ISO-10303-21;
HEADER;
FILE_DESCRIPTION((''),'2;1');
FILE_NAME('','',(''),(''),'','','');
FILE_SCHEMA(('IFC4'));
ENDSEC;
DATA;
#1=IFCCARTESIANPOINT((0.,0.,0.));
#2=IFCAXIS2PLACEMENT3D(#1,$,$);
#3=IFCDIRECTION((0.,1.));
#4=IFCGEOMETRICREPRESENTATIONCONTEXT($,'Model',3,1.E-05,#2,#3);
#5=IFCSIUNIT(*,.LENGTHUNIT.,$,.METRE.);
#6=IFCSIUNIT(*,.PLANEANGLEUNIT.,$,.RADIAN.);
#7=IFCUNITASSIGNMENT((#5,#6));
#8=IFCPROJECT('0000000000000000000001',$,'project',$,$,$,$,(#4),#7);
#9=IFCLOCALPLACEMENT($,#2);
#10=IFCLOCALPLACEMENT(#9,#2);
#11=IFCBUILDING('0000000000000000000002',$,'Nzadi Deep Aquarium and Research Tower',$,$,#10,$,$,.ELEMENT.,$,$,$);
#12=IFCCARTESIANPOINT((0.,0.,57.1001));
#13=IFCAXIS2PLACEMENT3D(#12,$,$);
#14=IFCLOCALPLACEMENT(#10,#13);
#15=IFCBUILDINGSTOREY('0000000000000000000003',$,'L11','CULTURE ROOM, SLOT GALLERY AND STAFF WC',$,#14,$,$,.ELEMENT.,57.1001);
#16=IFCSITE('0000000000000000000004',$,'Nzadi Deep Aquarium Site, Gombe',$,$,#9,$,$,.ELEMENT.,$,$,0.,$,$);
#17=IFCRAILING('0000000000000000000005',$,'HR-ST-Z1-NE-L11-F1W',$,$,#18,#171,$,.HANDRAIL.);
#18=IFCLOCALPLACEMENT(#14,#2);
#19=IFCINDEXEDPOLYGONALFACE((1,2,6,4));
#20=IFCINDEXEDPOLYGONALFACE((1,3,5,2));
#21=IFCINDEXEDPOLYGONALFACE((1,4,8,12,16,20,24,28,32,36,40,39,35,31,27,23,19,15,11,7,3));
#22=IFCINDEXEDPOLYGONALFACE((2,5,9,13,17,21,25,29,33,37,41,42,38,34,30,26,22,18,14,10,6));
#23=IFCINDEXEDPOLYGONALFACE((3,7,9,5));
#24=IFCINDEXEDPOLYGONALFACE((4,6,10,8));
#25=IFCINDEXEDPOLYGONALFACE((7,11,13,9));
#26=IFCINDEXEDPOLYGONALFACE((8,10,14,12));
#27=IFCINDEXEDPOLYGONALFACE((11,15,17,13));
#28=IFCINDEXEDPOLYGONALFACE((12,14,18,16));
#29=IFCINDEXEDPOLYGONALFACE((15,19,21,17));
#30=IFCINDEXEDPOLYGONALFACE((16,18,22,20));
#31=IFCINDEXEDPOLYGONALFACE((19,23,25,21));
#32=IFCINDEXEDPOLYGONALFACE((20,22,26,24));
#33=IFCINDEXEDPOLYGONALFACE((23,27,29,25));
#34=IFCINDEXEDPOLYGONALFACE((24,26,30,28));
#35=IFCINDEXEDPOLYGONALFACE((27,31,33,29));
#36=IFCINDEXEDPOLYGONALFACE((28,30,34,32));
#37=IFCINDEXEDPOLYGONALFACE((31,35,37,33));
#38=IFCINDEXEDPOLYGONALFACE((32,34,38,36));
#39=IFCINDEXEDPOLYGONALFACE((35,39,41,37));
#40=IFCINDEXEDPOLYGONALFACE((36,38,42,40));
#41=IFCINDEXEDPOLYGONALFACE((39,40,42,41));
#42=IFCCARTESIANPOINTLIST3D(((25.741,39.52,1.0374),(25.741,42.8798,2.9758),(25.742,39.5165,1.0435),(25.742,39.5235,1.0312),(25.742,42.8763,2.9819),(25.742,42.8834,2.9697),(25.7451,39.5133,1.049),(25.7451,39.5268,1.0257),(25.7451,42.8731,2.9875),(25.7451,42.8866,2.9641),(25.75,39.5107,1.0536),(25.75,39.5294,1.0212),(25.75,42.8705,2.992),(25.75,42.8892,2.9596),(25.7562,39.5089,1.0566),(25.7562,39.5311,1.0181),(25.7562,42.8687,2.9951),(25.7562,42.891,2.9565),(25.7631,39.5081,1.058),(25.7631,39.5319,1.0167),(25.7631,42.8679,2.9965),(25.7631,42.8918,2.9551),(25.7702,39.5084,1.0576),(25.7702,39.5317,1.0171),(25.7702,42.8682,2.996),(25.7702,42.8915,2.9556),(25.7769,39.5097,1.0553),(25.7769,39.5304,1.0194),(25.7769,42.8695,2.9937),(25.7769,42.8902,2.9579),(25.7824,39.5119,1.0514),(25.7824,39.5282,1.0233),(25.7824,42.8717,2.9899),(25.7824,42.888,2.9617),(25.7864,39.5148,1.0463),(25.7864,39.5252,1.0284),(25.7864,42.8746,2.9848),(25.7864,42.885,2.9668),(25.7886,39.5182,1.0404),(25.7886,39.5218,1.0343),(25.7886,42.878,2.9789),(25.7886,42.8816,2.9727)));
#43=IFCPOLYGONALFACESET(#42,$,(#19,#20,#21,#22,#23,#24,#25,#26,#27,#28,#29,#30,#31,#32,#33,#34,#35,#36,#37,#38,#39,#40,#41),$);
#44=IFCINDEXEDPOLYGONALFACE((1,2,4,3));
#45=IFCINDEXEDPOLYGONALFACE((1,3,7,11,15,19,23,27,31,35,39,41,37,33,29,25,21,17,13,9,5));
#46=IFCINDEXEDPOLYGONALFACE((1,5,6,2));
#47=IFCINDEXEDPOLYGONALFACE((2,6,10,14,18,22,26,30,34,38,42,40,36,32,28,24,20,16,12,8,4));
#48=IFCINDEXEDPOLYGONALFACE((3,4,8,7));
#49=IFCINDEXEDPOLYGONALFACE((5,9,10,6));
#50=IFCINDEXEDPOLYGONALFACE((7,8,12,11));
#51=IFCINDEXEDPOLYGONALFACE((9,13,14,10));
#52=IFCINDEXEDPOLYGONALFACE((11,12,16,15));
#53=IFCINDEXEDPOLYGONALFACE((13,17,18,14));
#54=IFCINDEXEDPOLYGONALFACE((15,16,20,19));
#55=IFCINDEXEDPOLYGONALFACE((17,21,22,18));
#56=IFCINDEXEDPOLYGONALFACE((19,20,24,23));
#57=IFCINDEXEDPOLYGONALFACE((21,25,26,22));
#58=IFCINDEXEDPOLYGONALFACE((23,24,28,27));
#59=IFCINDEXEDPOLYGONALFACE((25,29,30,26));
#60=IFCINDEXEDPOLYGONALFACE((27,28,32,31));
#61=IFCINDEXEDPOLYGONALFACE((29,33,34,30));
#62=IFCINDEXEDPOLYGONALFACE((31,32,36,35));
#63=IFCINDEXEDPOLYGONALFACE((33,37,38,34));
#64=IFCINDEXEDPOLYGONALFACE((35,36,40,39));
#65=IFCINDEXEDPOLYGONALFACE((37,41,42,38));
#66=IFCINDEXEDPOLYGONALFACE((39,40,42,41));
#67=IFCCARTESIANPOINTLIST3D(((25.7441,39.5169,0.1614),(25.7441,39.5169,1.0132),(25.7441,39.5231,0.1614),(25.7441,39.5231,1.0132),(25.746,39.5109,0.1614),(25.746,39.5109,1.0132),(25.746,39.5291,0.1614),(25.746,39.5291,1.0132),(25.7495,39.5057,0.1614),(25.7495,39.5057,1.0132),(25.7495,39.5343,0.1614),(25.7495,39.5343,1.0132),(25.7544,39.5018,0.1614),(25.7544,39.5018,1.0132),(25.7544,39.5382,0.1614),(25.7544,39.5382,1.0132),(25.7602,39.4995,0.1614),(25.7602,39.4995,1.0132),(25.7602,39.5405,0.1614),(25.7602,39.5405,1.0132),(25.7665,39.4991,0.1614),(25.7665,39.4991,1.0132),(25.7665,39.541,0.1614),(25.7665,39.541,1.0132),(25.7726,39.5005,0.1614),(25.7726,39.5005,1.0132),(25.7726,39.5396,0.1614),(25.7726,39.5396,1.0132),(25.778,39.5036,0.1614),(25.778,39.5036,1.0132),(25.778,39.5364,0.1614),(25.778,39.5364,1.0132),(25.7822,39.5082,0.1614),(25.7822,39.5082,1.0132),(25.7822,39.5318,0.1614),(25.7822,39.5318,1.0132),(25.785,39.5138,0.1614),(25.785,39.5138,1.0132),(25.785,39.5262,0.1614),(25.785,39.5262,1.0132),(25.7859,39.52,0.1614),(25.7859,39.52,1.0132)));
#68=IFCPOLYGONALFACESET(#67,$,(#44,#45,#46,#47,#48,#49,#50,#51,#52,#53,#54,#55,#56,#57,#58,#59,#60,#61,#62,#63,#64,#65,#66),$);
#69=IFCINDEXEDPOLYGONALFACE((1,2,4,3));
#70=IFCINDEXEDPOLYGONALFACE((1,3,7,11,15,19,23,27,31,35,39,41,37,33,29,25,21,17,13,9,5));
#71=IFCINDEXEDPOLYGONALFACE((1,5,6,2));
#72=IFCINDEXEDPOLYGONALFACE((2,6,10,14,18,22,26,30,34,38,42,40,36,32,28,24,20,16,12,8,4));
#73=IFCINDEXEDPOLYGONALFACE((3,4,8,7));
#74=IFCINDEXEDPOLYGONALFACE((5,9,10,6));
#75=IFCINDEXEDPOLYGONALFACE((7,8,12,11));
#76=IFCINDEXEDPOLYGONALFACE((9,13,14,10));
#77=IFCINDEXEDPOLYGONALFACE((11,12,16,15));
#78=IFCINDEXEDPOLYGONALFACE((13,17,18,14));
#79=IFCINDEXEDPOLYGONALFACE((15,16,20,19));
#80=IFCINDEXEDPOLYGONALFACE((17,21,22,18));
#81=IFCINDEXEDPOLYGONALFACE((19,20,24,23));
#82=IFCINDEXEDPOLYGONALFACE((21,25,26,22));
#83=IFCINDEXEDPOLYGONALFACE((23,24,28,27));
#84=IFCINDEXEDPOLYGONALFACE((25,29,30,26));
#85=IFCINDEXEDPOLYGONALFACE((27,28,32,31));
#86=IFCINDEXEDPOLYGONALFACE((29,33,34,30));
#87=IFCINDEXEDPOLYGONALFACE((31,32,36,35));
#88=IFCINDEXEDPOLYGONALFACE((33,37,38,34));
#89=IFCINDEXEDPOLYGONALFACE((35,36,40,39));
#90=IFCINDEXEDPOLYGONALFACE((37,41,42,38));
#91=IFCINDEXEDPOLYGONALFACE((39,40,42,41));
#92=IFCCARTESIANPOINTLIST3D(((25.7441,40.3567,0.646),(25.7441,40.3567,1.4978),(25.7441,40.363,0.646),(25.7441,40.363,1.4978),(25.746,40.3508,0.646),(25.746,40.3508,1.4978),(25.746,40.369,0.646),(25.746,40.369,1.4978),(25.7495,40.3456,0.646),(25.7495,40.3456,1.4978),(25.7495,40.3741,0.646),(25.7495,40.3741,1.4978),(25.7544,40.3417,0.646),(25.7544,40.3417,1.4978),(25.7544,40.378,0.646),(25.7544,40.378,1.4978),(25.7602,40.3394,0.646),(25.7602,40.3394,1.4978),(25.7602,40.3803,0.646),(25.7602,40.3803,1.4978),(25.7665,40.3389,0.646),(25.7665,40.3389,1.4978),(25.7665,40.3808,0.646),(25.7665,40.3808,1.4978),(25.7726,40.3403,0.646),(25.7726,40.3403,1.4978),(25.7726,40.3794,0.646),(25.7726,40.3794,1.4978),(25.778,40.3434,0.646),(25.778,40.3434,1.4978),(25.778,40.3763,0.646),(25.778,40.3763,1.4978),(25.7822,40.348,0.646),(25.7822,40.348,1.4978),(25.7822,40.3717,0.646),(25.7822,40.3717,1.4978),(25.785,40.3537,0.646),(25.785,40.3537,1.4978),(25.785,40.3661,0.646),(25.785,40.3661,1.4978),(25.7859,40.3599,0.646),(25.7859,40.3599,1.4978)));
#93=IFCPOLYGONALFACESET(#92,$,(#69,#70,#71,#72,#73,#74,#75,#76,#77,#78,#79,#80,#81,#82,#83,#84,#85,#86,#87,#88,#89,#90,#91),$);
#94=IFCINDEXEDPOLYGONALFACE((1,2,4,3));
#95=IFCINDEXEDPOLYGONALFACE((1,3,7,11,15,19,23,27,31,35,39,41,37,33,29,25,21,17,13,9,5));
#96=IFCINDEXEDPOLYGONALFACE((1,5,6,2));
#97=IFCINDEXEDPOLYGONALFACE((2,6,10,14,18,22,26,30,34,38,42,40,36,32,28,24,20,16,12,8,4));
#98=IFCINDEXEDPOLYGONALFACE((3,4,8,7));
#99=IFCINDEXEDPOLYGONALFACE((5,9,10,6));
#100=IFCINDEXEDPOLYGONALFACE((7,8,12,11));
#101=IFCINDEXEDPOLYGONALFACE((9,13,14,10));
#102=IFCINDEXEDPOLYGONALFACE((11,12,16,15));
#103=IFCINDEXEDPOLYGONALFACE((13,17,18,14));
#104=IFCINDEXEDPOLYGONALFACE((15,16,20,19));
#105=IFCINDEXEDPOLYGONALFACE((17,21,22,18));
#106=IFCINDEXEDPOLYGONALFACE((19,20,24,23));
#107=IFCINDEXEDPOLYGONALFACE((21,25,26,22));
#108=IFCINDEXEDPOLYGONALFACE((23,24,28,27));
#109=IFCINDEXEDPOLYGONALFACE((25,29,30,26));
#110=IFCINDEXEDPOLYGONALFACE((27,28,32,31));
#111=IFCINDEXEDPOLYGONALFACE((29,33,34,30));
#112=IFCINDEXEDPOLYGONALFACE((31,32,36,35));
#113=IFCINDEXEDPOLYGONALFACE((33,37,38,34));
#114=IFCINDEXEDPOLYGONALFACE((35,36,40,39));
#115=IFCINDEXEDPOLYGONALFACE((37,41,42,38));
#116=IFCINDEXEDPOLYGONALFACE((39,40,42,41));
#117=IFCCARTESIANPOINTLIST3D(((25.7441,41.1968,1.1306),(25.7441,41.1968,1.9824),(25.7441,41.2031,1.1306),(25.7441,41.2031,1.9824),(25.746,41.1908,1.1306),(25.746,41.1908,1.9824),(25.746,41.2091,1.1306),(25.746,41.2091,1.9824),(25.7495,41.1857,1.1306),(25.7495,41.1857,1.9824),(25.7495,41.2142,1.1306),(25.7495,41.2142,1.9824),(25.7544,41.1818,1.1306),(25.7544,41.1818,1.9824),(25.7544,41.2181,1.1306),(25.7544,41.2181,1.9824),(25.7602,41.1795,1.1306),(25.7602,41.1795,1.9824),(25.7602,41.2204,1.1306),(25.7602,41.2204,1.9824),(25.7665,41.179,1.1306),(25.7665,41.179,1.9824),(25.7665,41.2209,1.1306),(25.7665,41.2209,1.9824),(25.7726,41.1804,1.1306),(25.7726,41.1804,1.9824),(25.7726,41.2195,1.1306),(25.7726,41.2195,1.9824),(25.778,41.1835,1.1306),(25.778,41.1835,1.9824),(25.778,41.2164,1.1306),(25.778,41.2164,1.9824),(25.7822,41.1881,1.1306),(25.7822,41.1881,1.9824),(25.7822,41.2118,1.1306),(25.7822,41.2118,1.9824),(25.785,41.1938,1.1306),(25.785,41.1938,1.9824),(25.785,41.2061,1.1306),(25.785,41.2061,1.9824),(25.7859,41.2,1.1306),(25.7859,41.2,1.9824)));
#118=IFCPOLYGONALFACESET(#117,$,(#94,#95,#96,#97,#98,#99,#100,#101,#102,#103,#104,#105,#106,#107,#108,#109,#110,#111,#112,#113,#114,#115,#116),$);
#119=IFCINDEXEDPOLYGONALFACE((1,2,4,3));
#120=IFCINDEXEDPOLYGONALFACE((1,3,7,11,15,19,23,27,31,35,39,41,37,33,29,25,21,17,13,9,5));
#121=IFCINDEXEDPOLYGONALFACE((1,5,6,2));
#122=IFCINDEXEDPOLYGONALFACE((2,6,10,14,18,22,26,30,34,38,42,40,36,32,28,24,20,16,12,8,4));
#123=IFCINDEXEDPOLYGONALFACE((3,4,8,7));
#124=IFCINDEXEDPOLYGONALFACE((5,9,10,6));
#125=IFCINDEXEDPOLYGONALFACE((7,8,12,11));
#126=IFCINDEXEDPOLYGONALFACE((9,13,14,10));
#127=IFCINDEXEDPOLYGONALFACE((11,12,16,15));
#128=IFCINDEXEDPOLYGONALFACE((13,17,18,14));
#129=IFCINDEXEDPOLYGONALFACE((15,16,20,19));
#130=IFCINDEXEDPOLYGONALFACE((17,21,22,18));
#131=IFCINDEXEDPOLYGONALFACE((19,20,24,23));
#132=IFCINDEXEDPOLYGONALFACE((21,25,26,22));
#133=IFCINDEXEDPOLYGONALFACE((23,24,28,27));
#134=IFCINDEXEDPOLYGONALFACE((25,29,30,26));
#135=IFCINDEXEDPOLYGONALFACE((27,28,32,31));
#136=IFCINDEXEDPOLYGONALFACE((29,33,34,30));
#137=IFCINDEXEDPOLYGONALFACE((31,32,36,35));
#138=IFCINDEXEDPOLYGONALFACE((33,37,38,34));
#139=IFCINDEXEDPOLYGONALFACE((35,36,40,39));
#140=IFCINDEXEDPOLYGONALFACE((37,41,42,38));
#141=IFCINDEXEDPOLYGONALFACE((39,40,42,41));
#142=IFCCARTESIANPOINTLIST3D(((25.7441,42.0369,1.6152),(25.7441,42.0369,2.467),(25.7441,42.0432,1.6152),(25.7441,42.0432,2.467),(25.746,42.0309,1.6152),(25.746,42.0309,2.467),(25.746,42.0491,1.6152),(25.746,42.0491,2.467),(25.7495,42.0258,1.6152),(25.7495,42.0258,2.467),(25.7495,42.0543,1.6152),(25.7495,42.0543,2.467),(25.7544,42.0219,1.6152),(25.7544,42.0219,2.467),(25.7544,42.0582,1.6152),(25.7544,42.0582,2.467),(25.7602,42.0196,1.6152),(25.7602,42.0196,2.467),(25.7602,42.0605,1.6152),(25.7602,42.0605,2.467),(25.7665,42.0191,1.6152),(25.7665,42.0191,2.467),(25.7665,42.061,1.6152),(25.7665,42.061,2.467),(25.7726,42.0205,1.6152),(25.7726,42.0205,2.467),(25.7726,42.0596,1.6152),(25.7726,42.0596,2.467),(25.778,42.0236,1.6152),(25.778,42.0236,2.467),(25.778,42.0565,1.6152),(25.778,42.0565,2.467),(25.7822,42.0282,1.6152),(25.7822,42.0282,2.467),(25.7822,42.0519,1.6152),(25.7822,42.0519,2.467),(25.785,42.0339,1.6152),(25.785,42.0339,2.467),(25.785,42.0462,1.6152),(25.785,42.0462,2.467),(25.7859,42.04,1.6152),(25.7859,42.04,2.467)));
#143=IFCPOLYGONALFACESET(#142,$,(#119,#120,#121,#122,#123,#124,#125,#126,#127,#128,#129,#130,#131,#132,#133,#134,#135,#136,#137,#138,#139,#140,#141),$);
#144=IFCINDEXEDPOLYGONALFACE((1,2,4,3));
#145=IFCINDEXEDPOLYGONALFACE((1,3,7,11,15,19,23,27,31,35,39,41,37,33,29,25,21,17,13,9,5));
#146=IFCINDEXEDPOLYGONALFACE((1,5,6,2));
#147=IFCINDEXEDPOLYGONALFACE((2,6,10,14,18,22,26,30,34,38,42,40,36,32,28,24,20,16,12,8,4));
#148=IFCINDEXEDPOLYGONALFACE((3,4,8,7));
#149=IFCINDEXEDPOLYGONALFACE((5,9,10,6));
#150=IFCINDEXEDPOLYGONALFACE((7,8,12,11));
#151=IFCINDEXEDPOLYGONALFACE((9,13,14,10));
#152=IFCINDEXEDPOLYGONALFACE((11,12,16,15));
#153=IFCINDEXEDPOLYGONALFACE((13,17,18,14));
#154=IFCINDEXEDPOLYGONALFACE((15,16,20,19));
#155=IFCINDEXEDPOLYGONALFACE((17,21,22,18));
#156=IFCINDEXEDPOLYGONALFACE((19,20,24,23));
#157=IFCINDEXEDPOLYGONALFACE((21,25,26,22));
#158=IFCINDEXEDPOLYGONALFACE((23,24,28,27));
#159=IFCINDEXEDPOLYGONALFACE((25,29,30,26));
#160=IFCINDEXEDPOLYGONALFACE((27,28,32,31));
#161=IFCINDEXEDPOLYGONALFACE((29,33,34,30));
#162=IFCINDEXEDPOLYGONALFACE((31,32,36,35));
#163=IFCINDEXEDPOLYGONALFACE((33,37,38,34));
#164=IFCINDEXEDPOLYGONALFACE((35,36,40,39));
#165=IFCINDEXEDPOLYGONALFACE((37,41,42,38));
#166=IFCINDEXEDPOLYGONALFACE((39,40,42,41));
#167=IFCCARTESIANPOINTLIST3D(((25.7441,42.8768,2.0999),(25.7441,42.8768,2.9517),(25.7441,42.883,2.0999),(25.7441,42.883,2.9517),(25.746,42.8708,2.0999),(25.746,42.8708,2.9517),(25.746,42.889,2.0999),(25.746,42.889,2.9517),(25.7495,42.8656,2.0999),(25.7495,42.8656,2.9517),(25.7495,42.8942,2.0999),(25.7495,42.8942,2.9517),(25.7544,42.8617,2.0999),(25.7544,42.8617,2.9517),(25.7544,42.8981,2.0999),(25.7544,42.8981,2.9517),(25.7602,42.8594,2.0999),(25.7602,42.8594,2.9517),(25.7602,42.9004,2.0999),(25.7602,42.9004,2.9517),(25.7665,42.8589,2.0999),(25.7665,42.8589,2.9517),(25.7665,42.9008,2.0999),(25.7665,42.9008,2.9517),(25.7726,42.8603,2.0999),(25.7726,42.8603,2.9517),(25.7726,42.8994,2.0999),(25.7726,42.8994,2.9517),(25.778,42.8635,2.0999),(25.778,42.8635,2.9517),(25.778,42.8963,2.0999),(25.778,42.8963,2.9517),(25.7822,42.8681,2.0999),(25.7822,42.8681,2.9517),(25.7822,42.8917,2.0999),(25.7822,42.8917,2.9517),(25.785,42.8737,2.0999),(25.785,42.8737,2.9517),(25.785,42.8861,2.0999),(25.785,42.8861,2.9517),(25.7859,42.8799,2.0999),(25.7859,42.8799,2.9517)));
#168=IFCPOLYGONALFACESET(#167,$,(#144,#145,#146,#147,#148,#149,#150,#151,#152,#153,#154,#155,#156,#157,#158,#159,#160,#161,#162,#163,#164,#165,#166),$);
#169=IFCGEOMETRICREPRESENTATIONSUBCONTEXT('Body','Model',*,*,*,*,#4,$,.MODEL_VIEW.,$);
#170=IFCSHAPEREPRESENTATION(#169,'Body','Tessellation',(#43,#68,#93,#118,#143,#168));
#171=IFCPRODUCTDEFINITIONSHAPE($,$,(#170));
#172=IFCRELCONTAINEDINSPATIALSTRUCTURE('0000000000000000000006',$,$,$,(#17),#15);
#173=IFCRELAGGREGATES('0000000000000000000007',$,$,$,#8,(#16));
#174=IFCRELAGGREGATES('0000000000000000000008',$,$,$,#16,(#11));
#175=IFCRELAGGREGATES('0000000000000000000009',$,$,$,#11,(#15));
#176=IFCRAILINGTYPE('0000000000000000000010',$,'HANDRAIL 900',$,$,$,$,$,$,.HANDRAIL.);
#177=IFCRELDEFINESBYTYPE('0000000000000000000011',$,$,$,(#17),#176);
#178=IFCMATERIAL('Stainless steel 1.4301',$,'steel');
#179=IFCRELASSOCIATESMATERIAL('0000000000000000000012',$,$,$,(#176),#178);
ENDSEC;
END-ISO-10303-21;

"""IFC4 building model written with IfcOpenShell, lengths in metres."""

from ifc_helpers import new_model, si_unit, direction, frame, origin, origin_2d, place, context, subcontext, project, spatial, circle, extrude, material, type_object, element, save


model = new_model("IFC4")

# Units and contexts
model_context = context("Model", 3, precision=1e-05, world=origin(), true_north=direction((0.0, 1.0)))
body_context = subcontext(model_context, "Body", "Model", "MODEL_VIEW")
ifc_project = project(units=[si_unit("LENGTHUNIT", "METRE"), si_unit("PLANEANGLEUNIT", "RADIAN")], contexts=[model_context])

# Site, building, storey
site_placement = place(None, origin())
site = spatial("IfcSite", under=ifc_project, at=site_placement, Name="Nzadi Deep Aquarium Site, Gombe", CompositionType="ELEMENT", RefElevation=0.0)
building_placement = place(site_placement, origin())
building = spatial("IfcBuilding", under=site, at=building_placement, Name="Nzadi Deep Aquarium and Research Tower", CompositionType="ELEMENT")
storey_placement = place(building_placement, frame((0.0, 0.0, 57.1001)))
storey = spatial("IfcBuildingStorey", under=building, at=storey_placement, Name="L11", Description="CULTURE ROOM, SLOT GALLERY AND STAFF WC", CompositionType="ELEMENT", Elevation=57.1001)

# Railing
ifc_material_1 = material(Name="Stainless steel 1.4301", Category="steel")
railing_type = type_object("IfcRailingType", Name="HANDRAIL 900", PredefinedType="HANDRAIL", material=ifc_material_1)
for number, where, name in (
    (1, (25.7649, 39.52, 0.1614), "HR-ST-Z1-NE-L11-F1W"),
):
    element("IfcRailing", number, at=place(storey_placement, frame(where)), inside=storey, type_object=railing_type, Name=name, PredefinedType="HANDRAIL", context=body_context, shape_type="SweptSolid", body=[
        extrude(circle(Radius=0.0239, at=origin_2d()), frame((0.0, 0.0, 0.876), z_axis=(0.0, 0.866175, 0.499741), x_axis=(-1.0, 0.0, 0.0)), (0.0, 0.0, 1.0), 3.8789),
        extrude(circle(Radius=0.021, at=origin_2d()), origin(), (0.0, 0.0, 1.0), 0.8518),
        extrude(circle(Radius=0.021, at=origin_2d()), frame((0.0, 0.8398, 0.4846)), (0.0, 0.0, 1.0), 0.8518),
        extrude(circle(Radius=0.021, at=origin_2d()), frame((0.0, 1.6799, 0.9692)), (0.0, 0.0, 1.0), 0.8518),
        extrude(circle(Radius=0.021, at=origin_2d()), frame((0.0, 2.52, 1.4539)), (0.0, 0.0, 1.0), 0.8518),
        extrude(circle(Radius=0.021, at=origin_2d()), frame((0.0, 3.3599, 1.9385)), (0.0, 0.0, 1.0), 0.8518),
    ])

save(model, "model.ifc")
